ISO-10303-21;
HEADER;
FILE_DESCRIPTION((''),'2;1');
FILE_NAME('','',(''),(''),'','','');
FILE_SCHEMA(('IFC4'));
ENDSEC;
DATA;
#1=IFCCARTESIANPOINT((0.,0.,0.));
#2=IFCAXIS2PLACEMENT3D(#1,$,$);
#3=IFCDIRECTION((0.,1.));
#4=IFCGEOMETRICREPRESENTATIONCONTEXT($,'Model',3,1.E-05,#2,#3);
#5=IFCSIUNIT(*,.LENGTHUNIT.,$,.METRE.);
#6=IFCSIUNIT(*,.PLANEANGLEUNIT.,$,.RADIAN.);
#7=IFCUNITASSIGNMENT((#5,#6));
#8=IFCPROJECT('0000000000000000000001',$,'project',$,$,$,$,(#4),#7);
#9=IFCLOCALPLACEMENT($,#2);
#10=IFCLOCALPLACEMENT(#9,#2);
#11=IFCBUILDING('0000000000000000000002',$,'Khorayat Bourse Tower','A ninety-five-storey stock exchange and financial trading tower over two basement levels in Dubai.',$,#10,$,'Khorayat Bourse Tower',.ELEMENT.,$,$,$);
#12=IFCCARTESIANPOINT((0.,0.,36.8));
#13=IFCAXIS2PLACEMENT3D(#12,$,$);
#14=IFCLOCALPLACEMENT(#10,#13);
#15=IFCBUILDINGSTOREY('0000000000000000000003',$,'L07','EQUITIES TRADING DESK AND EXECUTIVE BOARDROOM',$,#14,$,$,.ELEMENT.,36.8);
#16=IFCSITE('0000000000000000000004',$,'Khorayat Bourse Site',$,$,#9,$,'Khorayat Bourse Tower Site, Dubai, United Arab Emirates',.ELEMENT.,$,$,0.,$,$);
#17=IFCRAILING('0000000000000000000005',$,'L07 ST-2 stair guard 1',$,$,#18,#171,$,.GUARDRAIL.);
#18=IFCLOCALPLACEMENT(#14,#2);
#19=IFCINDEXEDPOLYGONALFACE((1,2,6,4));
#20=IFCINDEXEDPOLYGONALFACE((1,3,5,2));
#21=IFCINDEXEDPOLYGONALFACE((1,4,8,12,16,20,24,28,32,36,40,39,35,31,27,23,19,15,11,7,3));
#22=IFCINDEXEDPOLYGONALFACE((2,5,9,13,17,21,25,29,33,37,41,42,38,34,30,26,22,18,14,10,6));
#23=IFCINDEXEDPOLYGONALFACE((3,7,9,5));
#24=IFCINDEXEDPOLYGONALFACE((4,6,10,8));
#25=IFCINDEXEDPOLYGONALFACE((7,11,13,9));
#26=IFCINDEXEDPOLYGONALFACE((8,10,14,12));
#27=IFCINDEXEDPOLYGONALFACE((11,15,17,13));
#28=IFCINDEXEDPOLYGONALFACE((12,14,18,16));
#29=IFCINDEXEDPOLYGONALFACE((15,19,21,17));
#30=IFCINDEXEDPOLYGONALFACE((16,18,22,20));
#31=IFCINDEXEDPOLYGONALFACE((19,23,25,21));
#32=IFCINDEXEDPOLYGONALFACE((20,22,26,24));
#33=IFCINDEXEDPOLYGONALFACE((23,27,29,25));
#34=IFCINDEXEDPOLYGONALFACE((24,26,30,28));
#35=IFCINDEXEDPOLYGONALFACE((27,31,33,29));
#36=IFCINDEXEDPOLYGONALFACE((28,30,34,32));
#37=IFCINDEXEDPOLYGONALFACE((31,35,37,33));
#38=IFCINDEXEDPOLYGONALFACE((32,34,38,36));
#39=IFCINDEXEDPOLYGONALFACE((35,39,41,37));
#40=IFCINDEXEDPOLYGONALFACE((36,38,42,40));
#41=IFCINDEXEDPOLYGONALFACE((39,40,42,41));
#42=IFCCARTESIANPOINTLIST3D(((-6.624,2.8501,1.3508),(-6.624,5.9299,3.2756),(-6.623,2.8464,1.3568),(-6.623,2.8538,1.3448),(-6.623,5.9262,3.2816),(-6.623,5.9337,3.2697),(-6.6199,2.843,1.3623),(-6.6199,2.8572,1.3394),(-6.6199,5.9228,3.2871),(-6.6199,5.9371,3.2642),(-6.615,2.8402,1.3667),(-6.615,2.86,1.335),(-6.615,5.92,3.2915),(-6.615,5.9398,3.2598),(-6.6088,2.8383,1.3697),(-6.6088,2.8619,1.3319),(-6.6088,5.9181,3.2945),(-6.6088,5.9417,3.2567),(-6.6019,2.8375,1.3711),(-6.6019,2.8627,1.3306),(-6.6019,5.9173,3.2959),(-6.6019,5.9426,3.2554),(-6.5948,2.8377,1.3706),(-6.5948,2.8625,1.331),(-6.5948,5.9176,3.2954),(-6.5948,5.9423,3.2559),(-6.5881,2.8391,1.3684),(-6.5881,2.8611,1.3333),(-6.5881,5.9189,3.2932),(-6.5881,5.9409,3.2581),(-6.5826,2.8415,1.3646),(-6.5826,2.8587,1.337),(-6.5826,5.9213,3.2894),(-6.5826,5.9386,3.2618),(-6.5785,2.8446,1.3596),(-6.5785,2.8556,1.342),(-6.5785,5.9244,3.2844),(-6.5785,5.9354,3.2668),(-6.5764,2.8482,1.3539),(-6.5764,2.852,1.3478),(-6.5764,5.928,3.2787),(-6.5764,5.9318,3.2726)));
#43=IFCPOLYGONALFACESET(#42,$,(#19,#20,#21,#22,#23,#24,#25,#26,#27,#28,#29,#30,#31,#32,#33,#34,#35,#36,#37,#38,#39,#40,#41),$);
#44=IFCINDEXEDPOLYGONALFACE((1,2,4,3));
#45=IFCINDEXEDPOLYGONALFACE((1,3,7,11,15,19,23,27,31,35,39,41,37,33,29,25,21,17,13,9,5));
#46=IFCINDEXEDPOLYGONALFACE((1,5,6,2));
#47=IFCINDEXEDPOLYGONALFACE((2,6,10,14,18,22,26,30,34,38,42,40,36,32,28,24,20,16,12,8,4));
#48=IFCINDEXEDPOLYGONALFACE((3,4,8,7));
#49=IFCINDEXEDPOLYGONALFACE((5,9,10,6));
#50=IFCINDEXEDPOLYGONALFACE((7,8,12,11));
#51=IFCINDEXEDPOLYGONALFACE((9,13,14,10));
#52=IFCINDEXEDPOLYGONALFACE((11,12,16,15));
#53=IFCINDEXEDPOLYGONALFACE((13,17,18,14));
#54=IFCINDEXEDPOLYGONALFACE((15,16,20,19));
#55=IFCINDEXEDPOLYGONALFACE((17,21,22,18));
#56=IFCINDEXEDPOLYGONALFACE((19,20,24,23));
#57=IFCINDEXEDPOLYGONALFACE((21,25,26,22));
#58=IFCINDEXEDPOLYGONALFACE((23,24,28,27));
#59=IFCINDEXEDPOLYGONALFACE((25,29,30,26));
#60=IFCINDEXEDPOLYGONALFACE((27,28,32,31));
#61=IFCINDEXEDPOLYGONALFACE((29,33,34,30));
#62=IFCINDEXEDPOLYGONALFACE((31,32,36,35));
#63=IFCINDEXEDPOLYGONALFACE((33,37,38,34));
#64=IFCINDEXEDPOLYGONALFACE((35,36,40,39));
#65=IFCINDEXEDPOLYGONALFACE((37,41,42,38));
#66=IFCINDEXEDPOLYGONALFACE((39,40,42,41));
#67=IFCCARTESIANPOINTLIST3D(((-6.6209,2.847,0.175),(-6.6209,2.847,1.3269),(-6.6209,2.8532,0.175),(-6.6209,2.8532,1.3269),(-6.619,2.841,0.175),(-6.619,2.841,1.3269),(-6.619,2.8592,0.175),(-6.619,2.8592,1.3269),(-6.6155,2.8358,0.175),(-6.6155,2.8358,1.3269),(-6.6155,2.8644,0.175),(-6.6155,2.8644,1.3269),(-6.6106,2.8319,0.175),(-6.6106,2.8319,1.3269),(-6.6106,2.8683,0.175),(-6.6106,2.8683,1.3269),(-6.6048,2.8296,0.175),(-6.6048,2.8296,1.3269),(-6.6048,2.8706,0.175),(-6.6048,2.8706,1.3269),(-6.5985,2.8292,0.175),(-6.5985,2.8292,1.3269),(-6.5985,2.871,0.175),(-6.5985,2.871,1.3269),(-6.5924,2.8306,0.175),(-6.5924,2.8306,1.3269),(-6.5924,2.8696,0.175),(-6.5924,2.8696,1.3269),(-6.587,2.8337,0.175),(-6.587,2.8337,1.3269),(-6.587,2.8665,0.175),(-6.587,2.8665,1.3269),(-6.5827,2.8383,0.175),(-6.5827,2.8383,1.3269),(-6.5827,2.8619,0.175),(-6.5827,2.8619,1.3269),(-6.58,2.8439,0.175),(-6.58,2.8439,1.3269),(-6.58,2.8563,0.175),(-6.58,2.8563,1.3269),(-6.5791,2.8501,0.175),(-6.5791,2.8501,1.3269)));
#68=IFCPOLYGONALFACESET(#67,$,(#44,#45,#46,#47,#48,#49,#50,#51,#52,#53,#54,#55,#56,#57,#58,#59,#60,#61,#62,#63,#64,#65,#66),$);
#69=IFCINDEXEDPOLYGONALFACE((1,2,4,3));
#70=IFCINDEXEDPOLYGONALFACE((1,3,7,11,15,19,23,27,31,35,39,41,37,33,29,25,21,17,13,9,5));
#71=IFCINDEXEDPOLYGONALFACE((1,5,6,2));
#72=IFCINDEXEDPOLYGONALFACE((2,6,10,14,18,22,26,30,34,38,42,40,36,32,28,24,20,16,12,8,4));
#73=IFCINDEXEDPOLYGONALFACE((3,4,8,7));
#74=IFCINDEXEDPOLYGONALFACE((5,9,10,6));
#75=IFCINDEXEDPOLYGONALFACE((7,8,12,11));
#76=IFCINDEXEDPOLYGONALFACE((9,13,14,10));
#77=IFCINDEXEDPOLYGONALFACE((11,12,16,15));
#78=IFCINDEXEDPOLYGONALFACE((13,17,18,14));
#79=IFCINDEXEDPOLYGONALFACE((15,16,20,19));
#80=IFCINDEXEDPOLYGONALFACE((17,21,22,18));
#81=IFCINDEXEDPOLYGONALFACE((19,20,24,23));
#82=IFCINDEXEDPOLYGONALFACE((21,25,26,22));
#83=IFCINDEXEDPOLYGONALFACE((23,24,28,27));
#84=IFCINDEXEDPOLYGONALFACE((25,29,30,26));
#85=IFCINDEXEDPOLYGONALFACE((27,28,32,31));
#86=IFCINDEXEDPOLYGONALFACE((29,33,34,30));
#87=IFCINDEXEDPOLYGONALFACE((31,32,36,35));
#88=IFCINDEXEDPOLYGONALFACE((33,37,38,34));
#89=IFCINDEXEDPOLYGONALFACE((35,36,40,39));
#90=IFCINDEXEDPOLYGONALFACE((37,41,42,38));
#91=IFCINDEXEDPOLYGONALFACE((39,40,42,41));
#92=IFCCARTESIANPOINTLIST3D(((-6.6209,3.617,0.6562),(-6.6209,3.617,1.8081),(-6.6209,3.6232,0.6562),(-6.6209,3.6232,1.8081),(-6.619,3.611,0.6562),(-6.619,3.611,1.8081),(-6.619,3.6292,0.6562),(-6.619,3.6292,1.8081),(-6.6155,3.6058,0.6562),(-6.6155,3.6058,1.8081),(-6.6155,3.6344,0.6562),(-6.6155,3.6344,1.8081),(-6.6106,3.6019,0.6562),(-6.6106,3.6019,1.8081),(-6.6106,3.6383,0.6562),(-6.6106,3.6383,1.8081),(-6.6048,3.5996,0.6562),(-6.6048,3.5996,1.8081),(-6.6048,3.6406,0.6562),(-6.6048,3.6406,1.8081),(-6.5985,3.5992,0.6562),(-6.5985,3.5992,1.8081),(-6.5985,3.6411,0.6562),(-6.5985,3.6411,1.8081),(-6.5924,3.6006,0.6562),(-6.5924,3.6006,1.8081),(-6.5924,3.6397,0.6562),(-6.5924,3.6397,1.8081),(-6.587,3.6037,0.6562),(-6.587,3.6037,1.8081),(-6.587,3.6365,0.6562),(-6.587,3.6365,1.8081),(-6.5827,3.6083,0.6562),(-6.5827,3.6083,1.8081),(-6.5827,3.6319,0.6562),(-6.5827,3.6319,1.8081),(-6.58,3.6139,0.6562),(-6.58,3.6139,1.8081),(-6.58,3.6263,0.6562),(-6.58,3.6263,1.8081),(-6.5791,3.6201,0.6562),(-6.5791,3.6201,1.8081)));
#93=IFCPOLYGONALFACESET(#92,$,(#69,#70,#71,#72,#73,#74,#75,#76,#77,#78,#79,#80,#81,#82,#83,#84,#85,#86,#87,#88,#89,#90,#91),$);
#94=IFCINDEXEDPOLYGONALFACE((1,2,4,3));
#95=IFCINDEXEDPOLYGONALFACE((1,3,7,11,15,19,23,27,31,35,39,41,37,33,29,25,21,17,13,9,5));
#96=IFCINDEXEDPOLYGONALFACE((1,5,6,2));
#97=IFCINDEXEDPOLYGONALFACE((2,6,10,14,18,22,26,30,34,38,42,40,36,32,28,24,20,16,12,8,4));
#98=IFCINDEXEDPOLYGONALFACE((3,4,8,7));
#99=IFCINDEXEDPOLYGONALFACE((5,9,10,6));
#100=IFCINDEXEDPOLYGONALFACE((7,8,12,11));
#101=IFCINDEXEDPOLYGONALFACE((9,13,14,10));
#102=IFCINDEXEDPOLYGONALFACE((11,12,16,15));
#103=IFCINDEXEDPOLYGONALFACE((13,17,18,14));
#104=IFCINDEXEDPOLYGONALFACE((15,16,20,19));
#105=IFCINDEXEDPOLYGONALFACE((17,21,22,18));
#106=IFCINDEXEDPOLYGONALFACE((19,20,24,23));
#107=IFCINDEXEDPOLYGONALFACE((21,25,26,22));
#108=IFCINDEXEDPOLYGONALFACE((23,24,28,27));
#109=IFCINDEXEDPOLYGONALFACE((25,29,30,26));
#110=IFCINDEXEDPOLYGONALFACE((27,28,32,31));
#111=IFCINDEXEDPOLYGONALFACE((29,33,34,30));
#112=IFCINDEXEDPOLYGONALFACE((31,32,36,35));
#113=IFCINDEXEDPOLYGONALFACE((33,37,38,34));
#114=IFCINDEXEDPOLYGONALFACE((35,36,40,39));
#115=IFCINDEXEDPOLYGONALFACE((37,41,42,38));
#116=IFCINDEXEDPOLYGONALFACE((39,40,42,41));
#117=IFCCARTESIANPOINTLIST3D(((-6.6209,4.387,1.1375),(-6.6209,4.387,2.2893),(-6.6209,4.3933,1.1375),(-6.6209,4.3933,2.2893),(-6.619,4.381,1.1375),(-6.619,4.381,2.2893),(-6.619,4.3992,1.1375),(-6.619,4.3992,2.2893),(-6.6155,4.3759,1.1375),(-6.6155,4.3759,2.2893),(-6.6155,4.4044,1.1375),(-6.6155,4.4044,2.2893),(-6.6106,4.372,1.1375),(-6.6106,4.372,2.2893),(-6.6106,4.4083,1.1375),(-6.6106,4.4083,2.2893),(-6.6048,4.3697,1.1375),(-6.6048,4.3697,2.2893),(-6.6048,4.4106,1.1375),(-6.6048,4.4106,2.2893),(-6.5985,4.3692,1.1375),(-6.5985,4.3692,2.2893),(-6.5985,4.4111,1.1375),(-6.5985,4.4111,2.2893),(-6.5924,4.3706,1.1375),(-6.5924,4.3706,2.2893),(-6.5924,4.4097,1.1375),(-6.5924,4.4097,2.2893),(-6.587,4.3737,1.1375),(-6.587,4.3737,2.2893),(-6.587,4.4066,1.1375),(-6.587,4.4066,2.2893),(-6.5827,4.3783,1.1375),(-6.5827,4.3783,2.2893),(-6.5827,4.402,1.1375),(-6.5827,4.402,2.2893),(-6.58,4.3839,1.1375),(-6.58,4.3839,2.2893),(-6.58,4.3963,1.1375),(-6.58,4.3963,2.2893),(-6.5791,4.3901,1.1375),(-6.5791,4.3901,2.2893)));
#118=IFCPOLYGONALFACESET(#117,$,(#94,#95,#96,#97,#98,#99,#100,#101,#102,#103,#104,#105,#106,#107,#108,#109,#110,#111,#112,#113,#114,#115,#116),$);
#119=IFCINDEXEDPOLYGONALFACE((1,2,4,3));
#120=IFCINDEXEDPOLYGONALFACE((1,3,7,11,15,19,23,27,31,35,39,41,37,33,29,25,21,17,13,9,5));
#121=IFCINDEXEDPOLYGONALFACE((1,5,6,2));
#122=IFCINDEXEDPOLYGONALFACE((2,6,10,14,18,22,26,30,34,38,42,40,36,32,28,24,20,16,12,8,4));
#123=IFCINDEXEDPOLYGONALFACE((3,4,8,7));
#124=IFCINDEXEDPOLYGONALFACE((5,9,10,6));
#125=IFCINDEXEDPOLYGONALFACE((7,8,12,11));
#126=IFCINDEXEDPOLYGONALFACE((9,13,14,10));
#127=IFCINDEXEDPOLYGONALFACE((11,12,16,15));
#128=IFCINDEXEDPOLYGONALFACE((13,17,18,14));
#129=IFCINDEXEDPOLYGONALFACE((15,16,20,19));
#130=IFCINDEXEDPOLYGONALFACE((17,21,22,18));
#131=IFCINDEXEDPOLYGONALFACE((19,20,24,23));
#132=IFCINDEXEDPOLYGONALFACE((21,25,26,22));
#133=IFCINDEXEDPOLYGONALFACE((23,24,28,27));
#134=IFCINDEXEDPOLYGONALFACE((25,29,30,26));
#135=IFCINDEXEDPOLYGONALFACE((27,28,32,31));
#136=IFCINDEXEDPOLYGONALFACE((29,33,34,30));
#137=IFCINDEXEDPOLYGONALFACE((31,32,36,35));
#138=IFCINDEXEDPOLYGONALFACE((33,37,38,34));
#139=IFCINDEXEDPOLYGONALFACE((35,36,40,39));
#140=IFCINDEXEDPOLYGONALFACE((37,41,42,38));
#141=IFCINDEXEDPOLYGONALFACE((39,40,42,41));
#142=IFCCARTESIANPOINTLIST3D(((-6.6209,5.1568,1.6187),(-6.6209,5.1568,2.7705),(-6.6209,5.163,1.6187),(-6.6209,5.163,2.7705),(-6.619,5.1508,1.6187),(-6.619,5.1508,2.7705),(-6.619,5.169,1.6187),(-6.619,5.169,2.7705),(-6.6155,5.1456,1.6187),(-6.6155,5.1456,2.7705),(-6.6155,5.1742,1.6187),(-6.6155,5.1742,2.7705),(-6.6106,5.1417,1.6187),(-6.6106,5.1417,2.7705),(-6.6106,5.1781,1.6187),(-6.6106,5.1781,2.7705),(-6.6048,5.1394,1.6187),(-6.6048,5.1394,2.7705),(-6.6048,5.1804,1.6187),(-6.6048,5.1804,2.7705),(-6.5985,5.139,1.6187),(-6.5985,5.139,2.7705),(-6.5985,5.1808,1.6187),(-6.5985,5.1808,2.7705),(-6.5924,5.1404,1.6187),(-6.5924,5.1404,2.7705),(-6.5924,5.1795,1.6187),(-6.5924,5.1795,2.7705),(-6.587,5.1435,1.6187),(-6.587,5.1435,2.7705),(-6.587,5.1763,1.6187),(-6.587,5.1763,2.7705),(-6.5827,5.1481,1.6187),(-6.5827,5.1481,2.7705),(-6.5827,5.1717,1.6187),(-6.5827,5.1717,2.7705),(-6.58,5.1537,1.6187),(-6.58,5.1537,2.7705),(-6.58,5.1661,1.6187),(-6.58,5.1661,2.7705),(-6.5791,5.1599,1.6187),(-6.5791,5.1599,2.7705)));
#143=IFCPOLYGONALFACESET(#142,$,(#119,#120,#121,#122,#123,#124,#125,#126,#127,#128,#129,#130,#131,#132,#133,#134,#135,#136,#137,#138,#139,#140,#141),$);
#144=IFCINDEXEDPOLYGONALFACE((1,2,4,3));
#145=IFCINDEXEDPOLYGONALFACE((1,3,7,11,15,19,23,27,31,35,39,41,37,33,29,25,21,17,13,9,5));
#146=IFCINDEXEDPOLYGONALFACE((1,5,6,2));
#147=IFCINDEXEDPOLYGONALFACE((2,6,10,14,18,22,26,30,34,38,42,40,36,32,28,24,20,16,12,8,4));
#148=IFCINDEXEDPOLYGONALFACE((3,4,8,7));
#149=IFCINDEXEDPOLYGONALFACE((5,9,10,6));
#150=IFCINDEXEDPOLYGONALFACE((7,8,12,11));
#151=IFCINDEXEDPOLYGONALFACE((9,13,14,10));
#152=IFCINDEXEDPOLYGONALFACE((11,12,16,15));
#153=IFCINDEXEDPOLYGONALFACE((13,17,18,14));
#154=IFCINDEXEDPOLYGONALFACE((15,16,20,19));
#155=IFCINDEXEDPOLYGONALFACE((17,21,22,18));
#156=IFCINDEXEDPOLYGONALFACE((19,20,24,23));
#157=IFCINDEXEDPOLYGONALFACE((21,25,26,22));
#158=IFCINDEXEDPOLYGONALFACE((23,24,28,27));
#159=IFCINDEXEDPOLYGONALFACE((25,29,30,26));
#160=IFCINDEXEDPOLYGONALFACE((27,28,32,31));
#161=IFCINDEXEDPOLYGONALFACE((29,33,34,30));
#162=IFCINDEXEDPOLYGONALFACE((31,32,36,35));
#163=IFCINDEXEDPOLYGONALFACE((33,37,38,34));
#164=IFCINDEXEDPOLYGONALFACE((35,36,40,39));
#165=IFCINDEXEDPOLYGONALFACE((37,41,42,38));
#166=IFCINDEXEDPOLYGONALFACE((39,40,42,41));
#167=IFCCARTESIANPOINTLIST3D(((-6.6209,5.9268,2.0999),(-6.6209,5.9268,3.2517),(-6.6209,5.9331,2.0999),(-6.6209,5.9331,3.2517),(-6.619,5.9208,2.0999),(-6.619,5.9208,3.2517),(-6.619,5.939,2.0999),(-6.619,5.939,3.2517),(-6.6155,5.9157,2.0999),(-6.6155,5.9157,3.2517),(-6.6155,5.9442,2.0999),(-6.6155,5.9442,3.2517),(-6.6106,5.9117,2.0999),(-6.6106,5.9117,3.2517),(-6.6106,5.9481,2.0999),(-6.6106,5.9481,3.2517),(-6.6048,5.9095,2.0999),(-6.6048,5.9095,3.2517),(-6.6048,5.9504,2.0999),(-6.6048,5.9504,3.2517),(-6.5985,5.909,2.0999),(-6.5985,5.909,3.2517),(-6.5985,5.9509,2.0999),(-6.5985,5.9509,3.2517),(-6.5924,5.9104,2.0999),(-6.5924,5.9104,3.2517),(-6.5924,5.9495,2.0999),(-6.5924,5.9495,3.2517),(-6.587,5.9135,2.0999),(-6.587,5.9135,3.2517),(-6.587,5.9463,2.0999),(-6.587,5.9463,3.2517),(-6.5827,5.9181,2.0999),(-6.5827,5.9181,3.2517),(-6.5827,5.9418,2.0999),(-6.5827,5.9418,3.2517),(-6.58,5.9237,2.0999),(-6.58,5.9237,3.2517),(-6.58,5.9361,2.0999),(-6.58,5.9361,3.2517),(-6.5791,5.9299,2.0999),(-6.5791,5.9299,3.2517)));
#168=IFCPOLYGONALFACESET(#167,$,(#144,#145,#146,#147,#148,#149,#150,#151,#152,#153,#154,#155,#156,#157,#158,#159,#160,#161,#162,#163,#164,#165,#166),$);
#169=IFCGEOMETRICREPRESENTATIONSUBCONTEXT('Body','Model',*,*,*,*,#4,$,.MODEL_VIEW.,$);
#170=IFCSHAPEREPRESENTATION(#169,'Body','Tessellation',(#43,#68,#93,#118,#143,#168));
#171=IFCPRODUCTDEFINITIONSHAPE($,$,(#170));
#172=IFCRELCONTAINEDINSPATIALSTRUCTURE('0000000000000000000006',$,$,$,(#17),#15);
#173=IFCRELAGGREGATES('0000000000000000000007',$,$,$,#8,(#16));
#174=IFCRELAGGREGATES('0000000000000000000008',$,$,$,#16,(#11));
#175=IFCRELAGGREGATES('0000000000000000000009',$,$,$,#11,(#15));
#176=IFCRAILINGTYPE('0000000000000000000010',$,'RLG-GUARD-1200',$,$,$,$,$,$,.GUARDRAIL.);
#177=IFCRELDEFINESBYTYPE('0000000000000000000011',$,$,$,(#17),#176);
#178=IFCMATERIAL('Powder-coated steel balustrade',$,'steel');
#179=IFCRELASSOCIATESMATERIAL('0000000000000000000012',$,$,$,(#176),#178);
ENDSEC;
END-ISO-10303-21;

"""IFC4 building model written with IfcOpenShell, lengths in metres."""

from ifc_helpers import new_model, si_unit, direction, frame, origin, origin_2d, place, context, subcontext, project, spatial, circle, extrude, source, transform, mapped, material, type_object, element, save


model = new_model("IFC4")

# Units and contexts
model_context = context("Model", 3, precision=1e-05, world=origin(), true_north=direction((0.0, 1.0)))
body_context = subcontext(model_context, "Body", "Model", "MODEL_VIEW")
ifc_project = project(units=[si_unit("LENGTHUNIT", "METRE"), si_unit("PLANEANGLEUNIT", "RADIAN")], contexts=[model_context])

# Site, building, storey
site_placement = place(None, origin())
site = spatial("IfcSite", under=ifc_project, at=site_placement, Name="Khorayat Bourse Site", LongName="Khorayat Bourse Tower Site, Dubai, United Arab Emirates", CompositionType="ELEMENT", RefElevation=0.0)
building_placement = place(site_placement, origin())
building = spatial("IfcBuilding", under=site, at=building_placement, Name="Khorayat Bourse Tower", Description="A ninety-five-storey stock exchange and financial trading tower over two basement levels in Dubai.", LongName="Khorayat Bourse Tower", CompositionType="ELEMENT")
storey_placement = place(building_placement, frame((0.0, 0.0, 36.8)))
storey = spatial("IfcBuildingStorey", under=building, at=storey_placement, Name="L07", Description="EQUITIES TRADING DESK AND EXECUTIVE BOARDROOM", CompositionType="ELEMENT", Elevation=36.8)

# Railing
ifc_material_1 = material(Name="Powder-coated steel balustrade", Category="steel")
railing_type_1 = type_object("IfcRailingType", Name="RLG-GUARD-1200", PredefinedType="GUARDRAIL", material=ifc_material_1)
shared_shape_1 = source(origin(), body_context, "Body", "SweptSolid", [
    extrude(circle(Radius=0.0239, at=origin_2d()), frame((0.0, 0.0, 1.1758), z_axis=(0.0, 0.84801, 0.529981), x_axis=(-1.0, 0.0, 0.0)), (0.0, 0.0, 1.0), 3.6318),
    extrude(circle(Radius=0.021, at=origin_2d()), origin(), (0.0, 0.0, 1.0), 1.1519),
    extrude(circle(Radius=0.021, at=origin_2d()), frame((0.0, 0.77, 0.4812)), (0.0, 0.0, 1.0), 1.1519),
    extrude(circle(Radius=0.021, at=origin_2d()), frame((0.0, 1.54, 0.9624)), (0.0, 0.0, 1.0), 1.1519),
    extrude(circle(Radius=0.021, at=origin_2d()), frame((0.0, 2.3098, 1.4436)), (0.0, 0.0, 1.0), 1.1519),
    extrude(circle(Radius=0.021, at=origin_2d()), frame((0.0, 3.0798, 1.9248)), (0.0, 0.0, 1.0), 1.1519),
])
railing_1_placement = place(storey_placement, frame((-6.6001, 2.8501, 0.175)))
element("IfcRailing", 1, at=railing_1_placement, inside=storey, type_object=railing_type_1, Name="L07 ST-2 stair guard 1", PredefinedType="GUARDRAIL", context=body_context, shape_type="MappedRepresentation", body=[
    mapped(shared_shape_1, transform((0.0, 0.0, 0.0), scale=1.0)),
])

save(model, "model.ifc")
